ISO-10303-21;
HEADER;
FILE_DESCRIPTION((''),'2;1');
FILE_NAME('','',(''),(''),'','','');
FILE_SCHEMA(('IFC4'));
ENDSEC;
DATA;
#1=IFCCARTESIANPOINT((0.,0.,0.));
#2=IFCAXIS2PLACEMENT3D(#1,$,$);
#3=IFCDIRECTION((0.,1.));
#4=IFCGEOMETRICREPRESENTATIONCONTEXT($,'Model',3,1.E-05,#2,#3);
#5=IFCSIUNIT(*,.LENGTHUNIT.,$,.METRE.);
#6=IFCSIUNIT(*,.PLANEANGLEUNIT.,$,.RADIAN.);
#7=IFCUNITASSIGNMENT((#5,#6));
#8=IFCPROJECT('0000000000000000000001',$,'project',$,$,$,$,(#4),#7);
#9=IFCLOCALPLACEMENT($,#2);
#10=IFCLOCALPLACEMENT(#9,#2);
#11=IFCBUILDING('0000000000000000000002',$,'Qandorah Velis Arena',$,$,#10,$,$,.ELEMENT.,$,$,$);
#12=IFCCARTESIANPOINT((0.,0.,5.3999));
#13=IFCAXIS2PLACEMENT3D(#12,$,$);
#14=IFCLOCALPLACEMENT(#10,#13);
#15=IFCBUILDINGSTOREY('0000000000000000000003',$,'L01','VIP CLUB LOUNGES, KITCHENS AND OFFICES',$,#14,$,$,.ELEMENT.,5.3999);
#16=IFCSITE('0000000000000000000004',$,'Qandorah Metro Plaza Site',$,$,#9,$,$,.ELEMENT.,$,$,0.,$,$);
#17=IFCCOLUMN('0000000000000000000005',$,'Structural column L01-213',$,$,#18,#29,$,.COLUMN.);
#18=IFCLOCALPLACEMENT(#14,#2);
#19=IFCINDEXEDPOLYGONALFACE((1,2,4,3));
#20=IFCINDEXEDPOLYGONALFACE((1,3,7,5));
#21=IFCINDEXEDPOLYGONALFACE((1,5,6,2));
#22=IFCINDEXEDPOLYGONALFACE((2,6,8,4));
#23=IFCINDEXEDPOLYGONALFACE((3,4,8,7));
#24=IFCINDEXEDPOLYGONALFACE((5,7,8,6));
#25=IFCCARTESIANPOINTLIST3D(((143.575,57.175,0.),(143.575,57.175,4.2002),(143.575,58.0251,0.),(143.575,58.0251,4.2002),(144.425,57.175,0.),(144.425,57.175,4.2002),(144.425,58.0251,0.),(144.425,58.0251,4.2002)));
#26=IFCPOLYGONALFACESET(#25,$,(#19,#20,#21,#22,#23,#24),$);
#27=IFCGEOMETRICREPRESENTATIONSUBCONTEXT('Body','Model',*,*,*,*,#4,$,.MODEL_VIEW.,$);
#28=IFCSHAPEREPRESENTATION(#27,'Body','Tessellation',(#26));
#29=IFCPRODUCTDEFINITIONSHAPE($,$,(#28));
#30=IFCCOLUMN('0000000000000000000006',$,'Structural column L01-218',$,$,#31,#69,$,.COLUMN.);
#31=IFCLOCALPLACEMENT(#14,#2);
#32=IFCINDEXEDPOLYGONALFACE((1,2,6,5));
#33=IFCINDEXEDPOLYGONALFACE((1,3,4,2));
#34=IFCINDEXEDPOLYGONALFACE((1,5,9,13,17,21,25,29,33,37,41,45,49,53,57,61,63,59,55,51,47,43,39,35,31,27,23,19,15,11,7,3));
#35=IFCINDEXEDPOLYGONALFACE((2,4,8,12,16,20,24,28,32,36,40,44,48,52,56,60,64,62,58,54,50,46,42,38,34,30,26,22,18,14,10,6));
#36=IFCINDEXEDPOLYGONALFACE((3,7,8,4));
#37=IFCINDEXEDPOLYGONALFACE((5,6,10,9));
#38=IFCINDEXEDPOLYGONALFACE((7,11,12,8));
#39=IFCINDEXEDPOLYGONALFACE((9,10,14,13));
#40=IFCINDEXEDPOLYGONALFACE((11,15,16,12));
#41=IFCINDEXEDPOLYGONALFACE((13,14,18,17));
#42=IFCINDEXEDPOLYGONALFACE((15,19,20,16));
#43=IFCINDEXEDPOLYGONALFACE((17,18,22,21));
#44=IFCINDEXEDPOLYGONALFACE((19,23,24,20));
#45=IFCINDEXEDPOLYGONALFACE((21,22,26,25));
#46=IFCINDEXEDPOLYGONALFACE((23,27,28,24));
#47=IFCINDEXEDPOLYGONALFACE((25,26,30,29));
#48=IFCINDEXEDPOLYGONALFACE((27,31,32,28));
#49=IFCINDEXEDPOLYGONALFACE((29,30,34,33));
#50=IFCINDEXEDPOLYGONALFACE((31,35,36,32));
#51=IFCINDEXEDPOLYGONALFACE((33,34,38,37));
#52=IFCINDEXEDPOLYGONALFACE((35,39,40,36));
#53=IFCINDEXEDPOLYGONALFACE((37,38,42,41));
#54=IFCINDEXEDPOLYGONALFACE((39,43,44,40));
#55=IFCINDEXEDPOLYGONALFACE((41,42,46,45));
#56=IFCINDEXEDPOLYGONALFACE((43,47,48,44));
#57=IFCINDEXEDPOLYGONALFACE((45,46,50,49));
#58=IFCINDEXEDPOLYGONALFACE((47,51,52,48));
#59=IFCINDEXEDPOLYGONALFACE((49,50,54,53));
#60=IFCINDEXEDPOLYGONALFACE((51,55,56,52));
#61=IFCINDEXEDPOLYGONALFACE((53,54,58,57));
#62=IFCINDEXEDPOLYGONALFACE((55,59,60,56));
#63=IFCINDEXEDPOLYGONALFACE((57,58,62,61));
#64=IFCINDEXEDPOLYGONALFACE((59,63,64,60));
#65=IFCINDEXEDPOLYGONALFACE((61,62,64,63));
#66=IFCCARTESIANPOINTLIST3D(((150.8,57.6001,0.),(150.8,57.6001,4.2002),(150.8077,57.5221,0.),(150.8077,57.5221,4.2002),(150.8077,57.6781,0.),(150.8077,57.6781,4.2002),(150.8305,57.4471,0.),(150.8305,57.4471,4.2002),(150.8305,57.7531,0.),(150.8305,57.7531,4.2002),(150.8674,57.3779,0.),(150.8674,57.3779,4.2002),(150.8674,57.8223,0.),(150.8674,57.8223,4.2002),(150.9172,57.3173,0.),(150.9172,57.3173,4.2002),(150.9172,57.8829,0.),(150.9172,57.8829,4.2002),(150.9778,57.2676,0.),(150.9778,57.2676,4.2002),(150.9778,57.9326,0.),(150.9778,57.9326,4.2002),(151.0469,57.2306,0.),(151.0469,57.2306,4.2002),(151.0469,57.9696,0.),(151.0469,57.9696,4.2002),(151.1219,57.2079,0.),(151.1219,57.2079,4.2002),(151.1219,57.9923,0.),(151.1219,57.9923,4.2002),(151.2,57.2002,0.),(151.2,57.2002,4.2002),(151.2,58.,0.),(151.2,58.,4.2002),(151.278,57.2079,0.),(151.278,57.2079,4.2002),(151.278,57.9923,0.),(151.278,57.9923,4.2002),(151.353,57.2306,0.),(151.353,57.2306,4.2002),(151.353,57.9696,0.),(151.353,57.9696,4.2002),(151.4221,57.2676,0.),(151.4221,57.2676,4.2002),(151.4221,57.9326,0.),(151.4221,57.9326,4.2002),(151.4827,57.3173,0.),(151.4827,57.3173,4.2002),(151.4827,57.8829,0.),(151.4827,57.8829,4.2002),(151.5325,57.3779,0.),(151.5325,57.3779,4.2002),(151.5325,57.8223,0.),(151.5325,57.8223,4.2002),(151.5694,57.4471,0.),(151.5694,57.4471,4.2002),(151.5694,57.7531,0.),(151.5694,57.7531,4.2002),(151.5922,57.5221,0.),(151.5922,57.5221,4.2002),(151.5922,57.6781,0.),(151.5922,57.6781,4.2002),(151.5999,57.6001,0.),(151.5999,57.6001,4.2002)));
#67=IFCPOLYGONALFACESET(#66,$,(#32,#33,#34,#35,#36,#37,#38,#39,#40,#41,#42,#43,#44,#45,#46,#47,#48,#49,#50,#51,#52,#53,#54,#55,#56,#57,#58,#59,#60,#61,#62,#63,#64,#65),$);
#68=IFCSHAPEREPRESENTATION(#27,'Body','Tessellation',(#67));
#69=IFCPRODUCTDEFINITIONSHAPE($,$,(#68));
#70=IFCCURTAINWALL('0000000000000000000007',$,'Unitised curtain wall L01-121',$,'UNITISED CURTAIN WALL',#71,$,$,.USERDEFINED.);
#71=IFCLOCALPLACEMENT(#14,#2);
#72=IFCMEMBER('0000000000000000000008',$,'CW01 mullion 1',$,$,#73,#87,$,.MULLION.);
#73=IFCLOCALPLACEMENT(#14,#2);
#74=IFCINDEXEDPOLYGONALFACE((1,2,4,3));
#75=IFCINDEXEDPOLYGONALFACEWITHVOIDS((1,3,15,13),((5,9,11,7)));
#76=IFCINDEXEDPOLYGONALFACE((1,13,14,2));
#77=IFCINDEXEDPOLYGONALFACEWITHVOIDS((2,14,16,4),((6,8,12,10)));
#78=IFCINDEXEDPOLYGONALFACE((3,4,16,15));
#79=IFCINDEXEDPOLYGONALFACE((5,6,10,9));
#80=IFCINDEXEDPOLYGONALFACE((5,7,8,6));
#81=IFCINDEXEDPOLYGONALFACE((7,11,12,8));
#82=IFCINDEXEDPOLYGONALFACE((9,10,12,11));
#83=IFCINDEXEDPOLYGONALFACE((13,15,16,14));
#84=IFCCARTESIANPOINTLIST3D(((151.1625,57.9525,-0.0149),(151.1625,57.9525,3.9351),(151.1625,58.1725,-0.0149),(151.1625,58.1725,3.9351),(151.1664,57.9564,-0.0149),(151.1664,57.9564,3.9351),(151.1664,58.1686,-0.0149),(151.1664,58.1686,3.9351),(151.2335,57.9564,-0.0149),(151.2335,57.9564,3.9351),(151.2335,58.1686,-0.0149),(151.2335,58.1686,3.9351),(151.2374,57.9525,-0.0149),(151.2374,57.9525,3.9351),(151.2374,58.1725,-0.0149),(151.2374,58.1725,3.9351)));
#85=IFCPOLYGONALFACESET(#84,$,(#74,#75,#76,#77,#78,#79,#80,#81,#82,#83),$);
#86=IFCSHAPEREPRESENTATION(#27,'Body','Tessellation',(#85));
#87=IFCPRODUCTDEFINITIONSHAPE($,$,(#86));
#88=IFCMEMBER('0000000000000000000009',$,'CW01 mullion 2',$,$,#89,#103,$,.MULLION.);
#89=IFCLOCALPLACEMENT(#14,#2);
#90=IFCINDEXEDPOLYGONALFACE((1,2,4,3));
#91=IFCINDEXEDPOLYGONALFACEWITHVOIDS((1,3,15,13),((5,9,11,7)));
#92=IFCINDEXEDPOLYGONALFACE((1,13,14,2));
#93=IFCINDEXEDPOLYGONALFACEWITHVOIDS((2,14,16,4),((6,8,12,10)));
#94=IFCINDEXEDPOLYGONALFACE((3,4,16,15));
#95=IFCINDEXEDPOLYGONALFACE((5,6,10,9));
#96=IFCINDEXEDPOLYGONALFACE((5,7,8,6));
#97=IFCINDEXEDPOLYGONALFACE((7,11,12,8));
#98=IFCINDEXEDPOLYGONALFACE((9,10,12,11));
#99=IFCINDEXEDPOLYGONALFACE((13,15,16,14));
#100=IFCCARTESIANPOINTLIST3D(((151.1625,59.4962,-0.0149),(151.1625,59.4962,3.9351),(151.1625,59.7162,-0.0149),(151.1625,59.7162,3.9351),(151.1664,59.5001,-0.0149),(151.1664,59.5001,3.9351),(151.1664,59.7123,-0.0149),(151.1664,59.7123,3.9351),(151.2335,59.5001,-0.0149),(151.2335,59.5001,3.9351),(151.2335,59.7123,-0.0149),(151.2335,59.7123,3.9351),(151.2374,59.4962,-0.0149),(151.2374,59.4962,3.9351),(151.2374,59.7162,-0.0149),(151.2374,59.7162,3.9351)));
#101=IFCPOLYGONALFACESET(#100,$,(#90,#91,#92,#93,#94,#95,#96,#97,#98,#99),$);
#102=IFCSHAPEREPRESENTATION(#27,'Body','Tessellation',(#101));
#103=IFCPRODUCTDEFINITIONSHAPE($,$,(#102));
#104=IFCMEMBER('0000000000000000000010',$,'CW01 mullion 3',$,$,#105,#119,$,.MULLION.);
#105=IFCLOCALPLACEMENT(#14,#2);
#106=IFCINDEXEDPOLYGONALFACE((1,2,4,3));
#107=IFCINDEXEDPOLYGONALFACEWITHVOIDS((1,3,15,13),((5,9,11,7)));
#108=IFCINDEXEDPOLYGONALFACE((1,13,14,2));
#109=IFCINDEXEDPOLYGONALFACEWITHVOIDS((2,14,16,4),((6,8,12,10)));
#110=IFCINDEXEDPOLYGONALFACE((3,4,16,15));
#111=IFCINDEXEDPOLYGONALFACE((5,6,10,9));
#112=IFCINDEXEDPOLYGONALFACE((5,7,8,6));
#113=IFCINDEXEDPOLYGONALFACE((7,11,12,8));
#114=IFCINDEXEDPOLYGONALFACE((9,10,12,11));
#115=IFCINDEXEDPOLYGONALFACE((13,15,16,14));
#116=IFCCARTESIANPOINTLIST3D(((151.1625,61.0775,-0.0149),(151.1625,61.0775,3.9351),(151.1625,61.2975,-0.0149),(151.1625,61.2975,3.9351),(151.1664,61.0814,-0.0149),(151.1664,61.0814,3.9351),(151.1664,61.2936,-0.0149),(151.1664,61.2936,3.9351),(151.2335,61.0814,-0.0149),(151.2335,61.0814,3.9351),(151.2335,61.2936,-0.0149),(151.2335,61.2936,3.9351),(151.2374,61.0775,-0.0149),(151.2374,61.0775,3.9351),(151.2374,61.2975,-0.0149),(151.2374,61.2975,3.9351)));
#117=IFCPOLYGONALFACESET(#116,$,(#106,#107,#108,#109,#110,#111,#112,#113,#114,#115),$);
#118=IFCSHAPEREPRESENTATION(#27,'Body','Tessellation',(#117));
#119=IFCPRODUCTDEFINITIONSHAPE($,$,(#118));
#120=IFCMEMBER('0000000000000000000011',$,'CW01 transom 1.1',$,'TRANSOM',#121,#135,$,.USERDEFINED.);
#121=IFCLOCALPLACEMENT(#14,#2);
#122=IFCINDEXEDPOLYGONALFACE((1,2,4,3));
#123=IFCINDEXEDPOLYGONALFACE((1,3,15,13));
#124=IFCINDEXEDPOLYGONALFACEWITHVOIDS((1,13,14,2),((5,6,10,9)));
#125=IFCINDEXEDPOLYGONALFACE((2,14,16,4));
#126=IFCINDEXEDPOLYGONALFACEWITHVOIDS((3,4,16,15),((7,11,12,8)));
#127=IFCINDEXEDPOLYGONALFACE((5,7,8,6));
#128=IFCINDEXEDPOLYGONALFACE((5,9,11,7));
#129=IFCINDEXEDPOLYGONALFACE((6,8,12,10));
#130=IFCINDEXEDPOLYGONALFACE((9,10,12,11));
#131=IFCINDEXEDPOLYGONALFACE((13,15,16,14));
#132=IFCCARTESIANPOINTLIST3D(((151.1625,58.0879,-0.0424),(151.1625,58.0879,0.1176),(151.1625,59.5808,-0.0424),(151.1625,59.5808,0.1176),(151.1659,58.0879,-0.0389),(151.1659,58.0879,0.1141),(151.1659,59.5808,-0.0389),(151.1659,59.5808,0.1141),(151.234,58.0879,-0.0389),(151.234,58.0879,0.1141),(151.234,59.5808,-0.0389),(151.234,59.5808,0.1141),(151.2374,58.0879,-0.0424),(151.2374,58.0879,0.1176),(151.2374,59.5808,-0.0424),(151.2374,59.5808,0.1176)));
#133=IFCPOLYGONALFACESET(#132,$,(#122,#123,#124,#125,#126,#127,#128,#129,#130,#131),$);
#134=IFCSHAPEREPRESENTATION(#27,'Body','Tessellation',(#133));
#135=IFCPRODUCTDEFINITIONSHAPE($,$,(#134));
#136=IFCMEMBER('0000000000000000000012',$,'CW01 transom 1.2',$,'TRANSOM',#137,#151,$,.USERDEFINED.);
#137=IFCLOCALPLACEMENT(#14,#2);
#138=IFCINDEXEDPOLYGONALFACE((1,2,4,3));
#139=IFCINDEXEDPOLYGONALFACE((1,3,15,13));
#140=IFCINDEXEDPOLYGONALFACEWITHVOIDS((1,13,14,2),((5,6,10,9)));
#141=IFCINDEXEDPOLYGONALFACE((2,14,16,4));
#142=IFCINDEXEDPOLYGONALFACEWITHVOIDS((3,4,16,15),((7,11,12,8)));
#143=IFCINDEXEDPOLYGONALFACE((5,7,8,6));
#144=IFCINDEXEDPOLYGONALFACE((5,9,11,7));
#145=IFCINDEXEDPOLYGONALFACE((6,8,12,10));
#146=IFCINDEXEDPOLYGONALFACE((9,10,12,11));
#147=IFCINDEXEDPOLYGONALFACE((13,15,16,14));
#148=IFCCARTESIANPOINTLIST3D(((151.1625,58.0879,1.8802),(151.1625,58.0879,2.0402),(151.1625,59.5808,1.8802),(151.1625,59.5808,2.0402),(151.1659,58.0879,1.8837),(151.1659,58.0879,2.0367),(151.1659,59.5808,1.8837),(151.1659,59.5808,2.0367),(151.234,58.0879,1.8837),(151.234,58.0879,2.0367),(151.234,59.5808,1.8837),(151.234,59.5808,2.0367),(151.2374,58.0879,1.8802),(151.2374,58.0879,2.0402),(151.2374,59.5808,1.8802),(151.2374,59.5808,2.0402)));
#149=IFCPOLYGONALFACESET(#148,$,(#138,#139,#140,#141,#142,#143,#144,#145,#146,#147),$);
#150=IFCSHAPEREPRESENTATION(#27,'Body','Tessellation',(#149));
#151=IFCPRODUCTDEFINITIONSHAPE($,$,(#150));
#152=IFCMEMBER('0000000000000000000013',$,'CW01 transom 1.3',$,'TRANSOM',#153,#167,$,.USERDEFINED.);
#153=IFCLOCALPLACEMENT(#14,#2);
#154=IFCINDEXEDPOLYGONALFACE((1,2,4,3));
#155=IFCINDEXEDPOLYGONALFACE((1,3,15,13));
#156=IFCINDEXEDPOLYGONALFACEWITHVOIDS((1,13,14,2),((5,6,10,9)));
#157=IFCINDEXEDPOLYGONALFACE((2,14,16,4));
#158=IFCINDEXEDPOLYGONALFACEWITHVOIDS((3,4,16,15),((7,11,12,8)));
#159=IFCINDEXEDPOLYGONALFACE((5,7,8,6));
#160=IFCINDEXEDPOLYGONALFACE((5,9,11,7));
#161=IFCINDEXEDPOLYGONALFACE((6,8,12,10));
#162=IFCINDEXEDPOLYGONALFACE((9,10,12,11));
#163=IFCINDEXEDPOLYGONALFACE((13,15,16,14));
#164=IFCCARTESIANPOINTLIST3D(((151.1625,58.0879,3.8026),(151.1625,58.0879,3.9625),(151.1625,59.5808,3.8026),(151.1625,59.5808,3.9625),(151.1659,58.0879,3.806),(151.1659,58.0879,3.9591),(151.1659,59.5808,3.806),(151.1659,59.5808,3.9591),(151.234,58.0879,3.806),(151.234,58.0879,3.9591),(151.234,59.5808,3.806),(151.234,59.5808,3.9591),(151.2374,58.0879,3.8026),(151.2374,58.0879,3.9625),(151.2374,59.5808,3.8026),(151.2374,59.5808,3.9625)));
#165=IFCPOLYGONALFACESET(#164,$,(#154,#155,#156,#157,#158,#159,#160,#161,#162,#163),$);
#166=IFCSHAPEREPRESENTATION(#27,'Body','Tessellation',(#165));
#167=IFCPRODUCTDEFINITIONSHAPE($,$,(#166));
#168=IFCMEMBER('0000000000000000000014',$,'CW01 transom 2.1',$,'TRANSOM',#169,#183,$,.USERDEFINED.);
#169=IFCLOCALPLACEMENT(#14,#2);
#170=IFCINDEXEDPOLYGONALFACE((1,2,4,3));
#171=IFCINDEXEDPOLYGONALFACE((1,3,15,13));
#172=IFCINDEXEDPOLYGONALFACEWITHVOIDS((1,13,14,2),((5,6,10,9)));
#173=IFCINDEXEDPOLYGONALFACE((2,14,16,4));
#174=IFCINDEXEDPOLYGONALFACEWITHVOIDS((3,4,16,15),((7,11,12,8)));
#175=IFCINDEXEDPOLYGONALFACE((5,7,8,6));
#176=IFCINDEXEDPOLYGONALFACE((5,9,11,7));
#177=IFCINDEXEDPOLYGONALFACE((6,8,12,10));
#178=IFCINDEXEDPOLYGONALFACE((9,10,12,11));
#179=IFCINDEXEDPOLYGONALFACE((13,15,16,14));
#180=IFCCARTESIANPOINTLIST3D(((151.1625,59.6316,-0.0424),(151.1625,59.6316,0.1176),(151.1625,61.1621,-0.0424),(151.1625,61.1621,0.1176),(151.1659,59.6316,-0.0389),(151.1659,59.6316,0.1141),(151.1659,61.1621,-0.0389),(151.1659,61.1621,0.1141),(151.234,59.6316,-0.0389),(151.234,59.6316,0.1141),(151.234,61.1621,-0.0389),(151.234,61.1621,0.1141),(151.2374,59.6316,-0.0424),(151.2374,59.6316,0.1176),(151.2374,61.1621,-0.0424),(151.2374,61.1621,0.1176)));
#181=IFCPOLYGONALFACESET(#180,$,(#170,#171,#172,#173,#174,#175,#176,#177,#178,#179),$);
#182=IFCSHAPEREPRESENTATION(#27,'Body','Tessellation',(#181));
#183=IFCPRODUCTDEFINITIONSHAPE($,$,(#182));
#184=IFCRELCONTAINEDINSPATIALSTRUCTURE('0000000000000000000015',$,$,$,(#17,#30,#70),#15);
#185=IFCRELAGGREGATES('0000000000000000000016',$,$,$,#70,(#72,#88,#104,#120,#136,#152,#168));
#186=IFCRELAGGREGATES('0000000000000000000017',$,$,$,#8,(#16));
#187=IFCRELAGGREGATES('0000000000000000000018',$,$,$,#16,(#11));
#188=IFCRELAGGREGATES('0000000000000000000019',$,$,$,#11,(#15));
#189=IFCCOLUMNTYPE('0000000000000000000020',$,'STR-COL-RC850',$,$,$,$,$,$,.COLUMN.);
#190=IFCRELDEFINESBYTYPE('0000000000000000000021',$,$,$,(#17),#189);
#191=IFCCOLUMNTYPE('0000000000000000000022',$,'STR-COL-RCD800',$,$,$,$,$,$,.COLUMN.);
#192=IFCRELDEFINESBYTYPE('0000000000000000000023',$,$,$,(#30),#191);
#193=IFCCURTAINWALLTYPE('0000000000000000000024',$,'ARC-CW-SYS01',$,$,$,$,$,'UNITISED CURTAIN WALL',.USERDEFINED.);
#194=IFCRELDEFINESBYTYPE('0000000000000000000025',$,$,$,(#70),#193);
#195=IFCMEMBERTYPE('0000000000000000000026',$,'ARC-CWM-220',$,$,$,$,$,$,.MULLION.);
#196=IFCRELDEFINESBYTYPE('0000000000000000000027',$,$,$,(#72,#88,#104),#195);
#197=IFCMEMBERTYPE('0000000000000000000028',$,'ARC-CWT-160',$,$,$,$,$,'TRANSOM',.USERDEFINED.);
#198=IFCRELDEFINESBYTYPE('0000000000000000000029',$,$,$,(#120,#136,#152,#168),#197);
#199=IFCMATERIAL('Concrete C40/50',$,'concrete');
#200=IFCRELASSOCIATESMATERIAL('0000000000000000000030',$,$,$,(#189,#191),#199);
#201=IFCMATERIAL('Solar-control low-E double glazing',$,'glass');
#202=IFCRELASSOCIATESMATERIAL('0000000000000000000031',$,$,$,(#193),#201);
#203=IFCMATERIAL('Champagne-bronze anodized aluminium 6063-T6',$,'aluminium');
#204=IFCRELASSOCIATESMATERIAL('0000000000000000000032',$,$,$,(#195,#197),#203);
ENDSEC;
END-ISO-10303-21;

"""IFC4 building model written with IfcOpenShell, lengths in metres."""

from ifc_helpers import new_model, si_unit, direction, frame, origin, origin_2d, place, context, subcontext, project, spatial, rectangle, hollow_rectangle, circle, extrude, material, material_profile, profile_set, type_object, element, aggregate, save


model = new_model("IFC4")

# Units and contexts
model_context = context("Model", 3, precision=1e-05, world=origin(), true_north=direction((0.0, 1.0)))
body_context = subcontext(model_context, "Body", "Model", "MODEL_VIEW")
ifc_project = project(units=[si_unit("LENGTHUNIT", "METRE"), si_unit("PLANEANGLEUNIT", "RADIAN")], contexts=[model_context])

# Site, building, storey
site_placement = place(None, origin())
site = spatial("IfcSite", under=ifc_project, at=site_placement, Name="Qandorah Metro Plaza Site", CompositionType="ELEMENT", RefElevation=0.0)
building_placement = place(site_placement, origin())
building = spatial("IfcBuilding", under=site, at=building_placement, Name="Qandorah Velis Arena", CompositionType="ELEMENT")
storey_placement = place(building_placement, frame((0.0, 0.0, 5.3999)))
storey = spatial("IfcBuildingStorey", under=building, at=storey_placement, Name="L01", Description="VIP CLUB LOUNGES, KITCHENS AND OFFICES", CompositionType="ELEMENT", Elevation=5.3999)

# Columns
ifc_material_1 = material(Name="Concrete C40/50", Category="concrete")
ifc_material_profile_1 = material_profile(ifc_material_1, rectangle(XDim=0.8501, YDim=0.8501, at=origin_2d()), Name="RC COL 850x850")
ifc_profile_set_1 = profile_set([ifc_material_profile_1], Name="Concrete C40/50")
column_type_1 = type_object("IfcColumnType", Name="STR-COL-RC850", PredefinedType="COLUMN", material=ifc_profile_set_1)
column_1_placement = place(storey_placement, frame((144.0, 57.6001, 0.0), z_axis=(0.0, 0.0, 1.0), x_axis=(1.0, 0.0, 0.0)))
element("IfcColumn", 1, at=column_1_placement, inside=storey, type_object=column_type_1, Name="Structural column L01-213", PredefinedType="COLUMN", context=body_context, shape_type="SweptSolid", body=[
    extrude(rectangle(XDim=0.8501, YDim=0.8501, at=origin_2d()), origin(), (0.0, 0.0, 1.0), 4.2002),
])
ifc_material_profile_2 = material_profile(ifc_material_1, circle(Radius=0.3999, at=origin_2d()), Name="RC D800")
ifc_profile_set_2 = profile_set([ifc_material_profile_2], Name="Concrete C40/50")
column_type_2 = type_object("IfcColumnType", Name="STR-COL-RCD800", PredefinedType="COLUMN", material=ifc_profile_set_2)
column_2_placement = place(storey_placement, frame((151.2, 57.6001, 0.0), z_axis=(0.0, 0.0, 1.0), x_axis=(1.0, 0.0, 0.0)))
element("IfcColumn", 2, at=column_2_placement, inside=storey, type_object=column_type_2, Name="Structural column L01-218", PredefinedType="COLUMN", context=body_context, shape_type="SweptSolid", body=[
    extrude(circle(Radius=0.3999, at=origin_2d()), origin(), (0.0, 0.0, 1.0), 4.2002),
])

# Curtain wall, members
ifc_material_2 = material(Name="Solar-control low-E double glazing", Category="glass")
curtain_wall_type = type_object("IfcCurtainWallType", Name="ARC-CW-SYS01", ElementType="UNITISED CURTAIN WALL", PredefinedType="USERDEFINED", material=ifc_material_2)
curtain_wall_placement = place(storey_placement, origin())
curtain_wall = element("IfcCurtainWall", 3, at=curtain_wall_placement, inside=storey, type_object=curtain_wall_type, Name="Unitised curtain wall L01-121", ObjectType="UNITISED CURTAIN WALL", PredefinedType="USERDEFINED")
ifc_material_3 = material(Name="Champagne-bronze anodized aluminium 6063-T6", Category="aluminium")
ifc_material_profile_3 = material_profile(ifc_material_3, hollow_rectangle(XDim=0.075, YDim=0.22, WallThickness=0.0039, at=origin_2d()), Name="ALU MULLION 75x220")
ifc_profile_set_3 = profile_set([ifc_material_profile_3], Name="Champagne-bronze anodized aluminium 6063-T6")
member_type_1 = type_object("IfcMemberType", Name="ARC-CWM-220", PredefinedType="MULLION", material=ifc_profile_set_3)
member_1_placement = place(storey_placement, frame((151.2, 58.0625, -0.0149), z_axis=(0.0, 0.0, 1.0), x_axis=(-1.0, 0.0, 0.0)))
member_1 = element("IfcMember", 4, at=member_1_placement, type_object=member_type_1, Name="CW01 mullion 1", PredefinedType="MULLION", context=body_context, shape_type="SweptSolid", body=[
    extrude(hollow_rectangle(XDim=0.075, YDim=0.22, WallThickness=0.0039, at=origin_2d()), origin(), (0.0, 0.0, 1.0), 3.95),
])
member_2_placement = place(storey_placement, frame((151.2, 59.6062, -0.0149), z_axis=(0.0, 0.0, 1.0), x_axis=(-1.0, 0.0, 0.0)))
member_2 = element("IfcMember", 5, at=member_2_placement, type_object=member_type_1, Name="CW01 mullion 2", PredefinedType="MULLION", context=body_context, shape_type="SweptSolid", body=[
    extrude(hollow_rectangle(XDim=0.075, YDim=0.22, WallThickness=0.0039, at=origin_2d()), origin(), (0.0, 0.0, 1.0), 3.95),
])
member_3_placement = place(storey_placement, frame((151.2, 61.1875, -0.0149), z_axis=(0.0, 0.0, 1.0), x_axis=(-1.0, 0.0, 0.0)))
member_3 = element("IfcMember", 6, at=member_3_placement, type_object=member_type_1, Name="CW01 mullion 3", PredefinedType="MULLION", context=body_context, shape_type="SweptSolid", body=[
    extrude(hollow_rectangle(XDim=0.075, YDim=0.22, WallThickness=0.0039, at=origin_2d()), origin(), (0.0, 0.0, 1.0), 3.95),
])
ifc_material_profile_4 = material_profile(ifc_material_3, hollow_rectangle(XDim=0.075, YDim=0.1599, WallThickness=0.0034, at=origin_2d()), Name="ALU TRANSOM 75x160")
ifc_profile_set_4 = profile_set([ifc_material_profile_4], Name="Champagne-bronze anodized aluminium 6063-T6")
member_type_2 = type_object("IfcMemberType", Name="ARC-CWT-160", ElementType="TRANSOM", PredefinedType="USERDEFINED", material=ifc_profile_set_4)
member_4_placement = place(storey_placement, frame((151.2, 58.0879, 0.0376), z_axis=(0.0, 1.0, 0.0), x_axis=(-1.0, 0.0, 0.0)))
member_4 = element("IfcMember", 7, at=member_4_placement, type_object=member_type_2, Name="CW01 transom 1.1", ObjectType="TRANSOM", PredefinedType="USERDEFINED", context=body_context, shape_type="SweptSolid", body=[
    extrude(hollow_rectangle(XDim=0.075, YDim=0.1599, WallThickness=0.0034, at=origin_2d()), origin(), (0.0, 0.0, 1.0), 1.4929),
])
member_5_placement = place(storey_placement, frame((151.2, 58.0879, 1.9602), z_axis=(0.0, 1.0, 0.0), x_axis=(-1.0, 0.0, 0.0)))
member_5 = element("IfcMember", 8, at=member_5_placement, type_object=member_type_2, Name="CW01 transom 1.2", ObjectType="TRANSOM", PredefinedType="USERDEFINED", context=body_context, shape_type="SweptSolid", body=[
    extrude(hollow_rectangle(XDim=0.075, YDim=0.1599, WallThickness=0.0034, at=origin_2d()), origin(), (0.0, 0.0, 1.0), 1.4929),
])
member_6_placement = place(storey_placement, frame((151.2, 58.0879, 3.8826), z_axis=(0.0, 1.0, 0.0), x_axis=(-1.0, 0.0, 0.0)))
member_6 = element("IfcMember", 9, at=member_6_placement, type_object=member_type_2, Name="CW01 transom 1.3", ObjectType="TRANSOM", PredefinedType="USERDEFINED", context=body_context, shape_type="SweptSolid", body=[
    extrude(hollow_rectangle(XDim=0.075, YDim=0.1599, WallThickness=0.0034, at=origin_2d()), origin(), (0.0, 0.0, 1.0), 1.4929),
])
member_7_placement = place(storey_placement, frame((151.2, 59.6316, 0.0376), z_axis=(0.0, 1.0, 0.0), x_axis=(-1.0, 0.0, 0.0)))
member_7 = element("IfcMember", 10, at=member_7_placement, type_object=member_type_2, Name="CW01 transom 2.1", ObjectType="TRANSOM", PredefinedType="USERDEFINED", context=body_context, shape_type="SweptSolid", body=[
    extrude(hollow_rectangle(XDim=0.075, YDim=0.1599, WallThickness=0.0034, at=origin_2d()), origin(), (0.0, 0.0, 1.0), 1.5305),
])

aggregate(curtain_wall, [member_1, member_2, member_3, member_4, member_5, member_6, member_7])

save(model, "model.ifc")
